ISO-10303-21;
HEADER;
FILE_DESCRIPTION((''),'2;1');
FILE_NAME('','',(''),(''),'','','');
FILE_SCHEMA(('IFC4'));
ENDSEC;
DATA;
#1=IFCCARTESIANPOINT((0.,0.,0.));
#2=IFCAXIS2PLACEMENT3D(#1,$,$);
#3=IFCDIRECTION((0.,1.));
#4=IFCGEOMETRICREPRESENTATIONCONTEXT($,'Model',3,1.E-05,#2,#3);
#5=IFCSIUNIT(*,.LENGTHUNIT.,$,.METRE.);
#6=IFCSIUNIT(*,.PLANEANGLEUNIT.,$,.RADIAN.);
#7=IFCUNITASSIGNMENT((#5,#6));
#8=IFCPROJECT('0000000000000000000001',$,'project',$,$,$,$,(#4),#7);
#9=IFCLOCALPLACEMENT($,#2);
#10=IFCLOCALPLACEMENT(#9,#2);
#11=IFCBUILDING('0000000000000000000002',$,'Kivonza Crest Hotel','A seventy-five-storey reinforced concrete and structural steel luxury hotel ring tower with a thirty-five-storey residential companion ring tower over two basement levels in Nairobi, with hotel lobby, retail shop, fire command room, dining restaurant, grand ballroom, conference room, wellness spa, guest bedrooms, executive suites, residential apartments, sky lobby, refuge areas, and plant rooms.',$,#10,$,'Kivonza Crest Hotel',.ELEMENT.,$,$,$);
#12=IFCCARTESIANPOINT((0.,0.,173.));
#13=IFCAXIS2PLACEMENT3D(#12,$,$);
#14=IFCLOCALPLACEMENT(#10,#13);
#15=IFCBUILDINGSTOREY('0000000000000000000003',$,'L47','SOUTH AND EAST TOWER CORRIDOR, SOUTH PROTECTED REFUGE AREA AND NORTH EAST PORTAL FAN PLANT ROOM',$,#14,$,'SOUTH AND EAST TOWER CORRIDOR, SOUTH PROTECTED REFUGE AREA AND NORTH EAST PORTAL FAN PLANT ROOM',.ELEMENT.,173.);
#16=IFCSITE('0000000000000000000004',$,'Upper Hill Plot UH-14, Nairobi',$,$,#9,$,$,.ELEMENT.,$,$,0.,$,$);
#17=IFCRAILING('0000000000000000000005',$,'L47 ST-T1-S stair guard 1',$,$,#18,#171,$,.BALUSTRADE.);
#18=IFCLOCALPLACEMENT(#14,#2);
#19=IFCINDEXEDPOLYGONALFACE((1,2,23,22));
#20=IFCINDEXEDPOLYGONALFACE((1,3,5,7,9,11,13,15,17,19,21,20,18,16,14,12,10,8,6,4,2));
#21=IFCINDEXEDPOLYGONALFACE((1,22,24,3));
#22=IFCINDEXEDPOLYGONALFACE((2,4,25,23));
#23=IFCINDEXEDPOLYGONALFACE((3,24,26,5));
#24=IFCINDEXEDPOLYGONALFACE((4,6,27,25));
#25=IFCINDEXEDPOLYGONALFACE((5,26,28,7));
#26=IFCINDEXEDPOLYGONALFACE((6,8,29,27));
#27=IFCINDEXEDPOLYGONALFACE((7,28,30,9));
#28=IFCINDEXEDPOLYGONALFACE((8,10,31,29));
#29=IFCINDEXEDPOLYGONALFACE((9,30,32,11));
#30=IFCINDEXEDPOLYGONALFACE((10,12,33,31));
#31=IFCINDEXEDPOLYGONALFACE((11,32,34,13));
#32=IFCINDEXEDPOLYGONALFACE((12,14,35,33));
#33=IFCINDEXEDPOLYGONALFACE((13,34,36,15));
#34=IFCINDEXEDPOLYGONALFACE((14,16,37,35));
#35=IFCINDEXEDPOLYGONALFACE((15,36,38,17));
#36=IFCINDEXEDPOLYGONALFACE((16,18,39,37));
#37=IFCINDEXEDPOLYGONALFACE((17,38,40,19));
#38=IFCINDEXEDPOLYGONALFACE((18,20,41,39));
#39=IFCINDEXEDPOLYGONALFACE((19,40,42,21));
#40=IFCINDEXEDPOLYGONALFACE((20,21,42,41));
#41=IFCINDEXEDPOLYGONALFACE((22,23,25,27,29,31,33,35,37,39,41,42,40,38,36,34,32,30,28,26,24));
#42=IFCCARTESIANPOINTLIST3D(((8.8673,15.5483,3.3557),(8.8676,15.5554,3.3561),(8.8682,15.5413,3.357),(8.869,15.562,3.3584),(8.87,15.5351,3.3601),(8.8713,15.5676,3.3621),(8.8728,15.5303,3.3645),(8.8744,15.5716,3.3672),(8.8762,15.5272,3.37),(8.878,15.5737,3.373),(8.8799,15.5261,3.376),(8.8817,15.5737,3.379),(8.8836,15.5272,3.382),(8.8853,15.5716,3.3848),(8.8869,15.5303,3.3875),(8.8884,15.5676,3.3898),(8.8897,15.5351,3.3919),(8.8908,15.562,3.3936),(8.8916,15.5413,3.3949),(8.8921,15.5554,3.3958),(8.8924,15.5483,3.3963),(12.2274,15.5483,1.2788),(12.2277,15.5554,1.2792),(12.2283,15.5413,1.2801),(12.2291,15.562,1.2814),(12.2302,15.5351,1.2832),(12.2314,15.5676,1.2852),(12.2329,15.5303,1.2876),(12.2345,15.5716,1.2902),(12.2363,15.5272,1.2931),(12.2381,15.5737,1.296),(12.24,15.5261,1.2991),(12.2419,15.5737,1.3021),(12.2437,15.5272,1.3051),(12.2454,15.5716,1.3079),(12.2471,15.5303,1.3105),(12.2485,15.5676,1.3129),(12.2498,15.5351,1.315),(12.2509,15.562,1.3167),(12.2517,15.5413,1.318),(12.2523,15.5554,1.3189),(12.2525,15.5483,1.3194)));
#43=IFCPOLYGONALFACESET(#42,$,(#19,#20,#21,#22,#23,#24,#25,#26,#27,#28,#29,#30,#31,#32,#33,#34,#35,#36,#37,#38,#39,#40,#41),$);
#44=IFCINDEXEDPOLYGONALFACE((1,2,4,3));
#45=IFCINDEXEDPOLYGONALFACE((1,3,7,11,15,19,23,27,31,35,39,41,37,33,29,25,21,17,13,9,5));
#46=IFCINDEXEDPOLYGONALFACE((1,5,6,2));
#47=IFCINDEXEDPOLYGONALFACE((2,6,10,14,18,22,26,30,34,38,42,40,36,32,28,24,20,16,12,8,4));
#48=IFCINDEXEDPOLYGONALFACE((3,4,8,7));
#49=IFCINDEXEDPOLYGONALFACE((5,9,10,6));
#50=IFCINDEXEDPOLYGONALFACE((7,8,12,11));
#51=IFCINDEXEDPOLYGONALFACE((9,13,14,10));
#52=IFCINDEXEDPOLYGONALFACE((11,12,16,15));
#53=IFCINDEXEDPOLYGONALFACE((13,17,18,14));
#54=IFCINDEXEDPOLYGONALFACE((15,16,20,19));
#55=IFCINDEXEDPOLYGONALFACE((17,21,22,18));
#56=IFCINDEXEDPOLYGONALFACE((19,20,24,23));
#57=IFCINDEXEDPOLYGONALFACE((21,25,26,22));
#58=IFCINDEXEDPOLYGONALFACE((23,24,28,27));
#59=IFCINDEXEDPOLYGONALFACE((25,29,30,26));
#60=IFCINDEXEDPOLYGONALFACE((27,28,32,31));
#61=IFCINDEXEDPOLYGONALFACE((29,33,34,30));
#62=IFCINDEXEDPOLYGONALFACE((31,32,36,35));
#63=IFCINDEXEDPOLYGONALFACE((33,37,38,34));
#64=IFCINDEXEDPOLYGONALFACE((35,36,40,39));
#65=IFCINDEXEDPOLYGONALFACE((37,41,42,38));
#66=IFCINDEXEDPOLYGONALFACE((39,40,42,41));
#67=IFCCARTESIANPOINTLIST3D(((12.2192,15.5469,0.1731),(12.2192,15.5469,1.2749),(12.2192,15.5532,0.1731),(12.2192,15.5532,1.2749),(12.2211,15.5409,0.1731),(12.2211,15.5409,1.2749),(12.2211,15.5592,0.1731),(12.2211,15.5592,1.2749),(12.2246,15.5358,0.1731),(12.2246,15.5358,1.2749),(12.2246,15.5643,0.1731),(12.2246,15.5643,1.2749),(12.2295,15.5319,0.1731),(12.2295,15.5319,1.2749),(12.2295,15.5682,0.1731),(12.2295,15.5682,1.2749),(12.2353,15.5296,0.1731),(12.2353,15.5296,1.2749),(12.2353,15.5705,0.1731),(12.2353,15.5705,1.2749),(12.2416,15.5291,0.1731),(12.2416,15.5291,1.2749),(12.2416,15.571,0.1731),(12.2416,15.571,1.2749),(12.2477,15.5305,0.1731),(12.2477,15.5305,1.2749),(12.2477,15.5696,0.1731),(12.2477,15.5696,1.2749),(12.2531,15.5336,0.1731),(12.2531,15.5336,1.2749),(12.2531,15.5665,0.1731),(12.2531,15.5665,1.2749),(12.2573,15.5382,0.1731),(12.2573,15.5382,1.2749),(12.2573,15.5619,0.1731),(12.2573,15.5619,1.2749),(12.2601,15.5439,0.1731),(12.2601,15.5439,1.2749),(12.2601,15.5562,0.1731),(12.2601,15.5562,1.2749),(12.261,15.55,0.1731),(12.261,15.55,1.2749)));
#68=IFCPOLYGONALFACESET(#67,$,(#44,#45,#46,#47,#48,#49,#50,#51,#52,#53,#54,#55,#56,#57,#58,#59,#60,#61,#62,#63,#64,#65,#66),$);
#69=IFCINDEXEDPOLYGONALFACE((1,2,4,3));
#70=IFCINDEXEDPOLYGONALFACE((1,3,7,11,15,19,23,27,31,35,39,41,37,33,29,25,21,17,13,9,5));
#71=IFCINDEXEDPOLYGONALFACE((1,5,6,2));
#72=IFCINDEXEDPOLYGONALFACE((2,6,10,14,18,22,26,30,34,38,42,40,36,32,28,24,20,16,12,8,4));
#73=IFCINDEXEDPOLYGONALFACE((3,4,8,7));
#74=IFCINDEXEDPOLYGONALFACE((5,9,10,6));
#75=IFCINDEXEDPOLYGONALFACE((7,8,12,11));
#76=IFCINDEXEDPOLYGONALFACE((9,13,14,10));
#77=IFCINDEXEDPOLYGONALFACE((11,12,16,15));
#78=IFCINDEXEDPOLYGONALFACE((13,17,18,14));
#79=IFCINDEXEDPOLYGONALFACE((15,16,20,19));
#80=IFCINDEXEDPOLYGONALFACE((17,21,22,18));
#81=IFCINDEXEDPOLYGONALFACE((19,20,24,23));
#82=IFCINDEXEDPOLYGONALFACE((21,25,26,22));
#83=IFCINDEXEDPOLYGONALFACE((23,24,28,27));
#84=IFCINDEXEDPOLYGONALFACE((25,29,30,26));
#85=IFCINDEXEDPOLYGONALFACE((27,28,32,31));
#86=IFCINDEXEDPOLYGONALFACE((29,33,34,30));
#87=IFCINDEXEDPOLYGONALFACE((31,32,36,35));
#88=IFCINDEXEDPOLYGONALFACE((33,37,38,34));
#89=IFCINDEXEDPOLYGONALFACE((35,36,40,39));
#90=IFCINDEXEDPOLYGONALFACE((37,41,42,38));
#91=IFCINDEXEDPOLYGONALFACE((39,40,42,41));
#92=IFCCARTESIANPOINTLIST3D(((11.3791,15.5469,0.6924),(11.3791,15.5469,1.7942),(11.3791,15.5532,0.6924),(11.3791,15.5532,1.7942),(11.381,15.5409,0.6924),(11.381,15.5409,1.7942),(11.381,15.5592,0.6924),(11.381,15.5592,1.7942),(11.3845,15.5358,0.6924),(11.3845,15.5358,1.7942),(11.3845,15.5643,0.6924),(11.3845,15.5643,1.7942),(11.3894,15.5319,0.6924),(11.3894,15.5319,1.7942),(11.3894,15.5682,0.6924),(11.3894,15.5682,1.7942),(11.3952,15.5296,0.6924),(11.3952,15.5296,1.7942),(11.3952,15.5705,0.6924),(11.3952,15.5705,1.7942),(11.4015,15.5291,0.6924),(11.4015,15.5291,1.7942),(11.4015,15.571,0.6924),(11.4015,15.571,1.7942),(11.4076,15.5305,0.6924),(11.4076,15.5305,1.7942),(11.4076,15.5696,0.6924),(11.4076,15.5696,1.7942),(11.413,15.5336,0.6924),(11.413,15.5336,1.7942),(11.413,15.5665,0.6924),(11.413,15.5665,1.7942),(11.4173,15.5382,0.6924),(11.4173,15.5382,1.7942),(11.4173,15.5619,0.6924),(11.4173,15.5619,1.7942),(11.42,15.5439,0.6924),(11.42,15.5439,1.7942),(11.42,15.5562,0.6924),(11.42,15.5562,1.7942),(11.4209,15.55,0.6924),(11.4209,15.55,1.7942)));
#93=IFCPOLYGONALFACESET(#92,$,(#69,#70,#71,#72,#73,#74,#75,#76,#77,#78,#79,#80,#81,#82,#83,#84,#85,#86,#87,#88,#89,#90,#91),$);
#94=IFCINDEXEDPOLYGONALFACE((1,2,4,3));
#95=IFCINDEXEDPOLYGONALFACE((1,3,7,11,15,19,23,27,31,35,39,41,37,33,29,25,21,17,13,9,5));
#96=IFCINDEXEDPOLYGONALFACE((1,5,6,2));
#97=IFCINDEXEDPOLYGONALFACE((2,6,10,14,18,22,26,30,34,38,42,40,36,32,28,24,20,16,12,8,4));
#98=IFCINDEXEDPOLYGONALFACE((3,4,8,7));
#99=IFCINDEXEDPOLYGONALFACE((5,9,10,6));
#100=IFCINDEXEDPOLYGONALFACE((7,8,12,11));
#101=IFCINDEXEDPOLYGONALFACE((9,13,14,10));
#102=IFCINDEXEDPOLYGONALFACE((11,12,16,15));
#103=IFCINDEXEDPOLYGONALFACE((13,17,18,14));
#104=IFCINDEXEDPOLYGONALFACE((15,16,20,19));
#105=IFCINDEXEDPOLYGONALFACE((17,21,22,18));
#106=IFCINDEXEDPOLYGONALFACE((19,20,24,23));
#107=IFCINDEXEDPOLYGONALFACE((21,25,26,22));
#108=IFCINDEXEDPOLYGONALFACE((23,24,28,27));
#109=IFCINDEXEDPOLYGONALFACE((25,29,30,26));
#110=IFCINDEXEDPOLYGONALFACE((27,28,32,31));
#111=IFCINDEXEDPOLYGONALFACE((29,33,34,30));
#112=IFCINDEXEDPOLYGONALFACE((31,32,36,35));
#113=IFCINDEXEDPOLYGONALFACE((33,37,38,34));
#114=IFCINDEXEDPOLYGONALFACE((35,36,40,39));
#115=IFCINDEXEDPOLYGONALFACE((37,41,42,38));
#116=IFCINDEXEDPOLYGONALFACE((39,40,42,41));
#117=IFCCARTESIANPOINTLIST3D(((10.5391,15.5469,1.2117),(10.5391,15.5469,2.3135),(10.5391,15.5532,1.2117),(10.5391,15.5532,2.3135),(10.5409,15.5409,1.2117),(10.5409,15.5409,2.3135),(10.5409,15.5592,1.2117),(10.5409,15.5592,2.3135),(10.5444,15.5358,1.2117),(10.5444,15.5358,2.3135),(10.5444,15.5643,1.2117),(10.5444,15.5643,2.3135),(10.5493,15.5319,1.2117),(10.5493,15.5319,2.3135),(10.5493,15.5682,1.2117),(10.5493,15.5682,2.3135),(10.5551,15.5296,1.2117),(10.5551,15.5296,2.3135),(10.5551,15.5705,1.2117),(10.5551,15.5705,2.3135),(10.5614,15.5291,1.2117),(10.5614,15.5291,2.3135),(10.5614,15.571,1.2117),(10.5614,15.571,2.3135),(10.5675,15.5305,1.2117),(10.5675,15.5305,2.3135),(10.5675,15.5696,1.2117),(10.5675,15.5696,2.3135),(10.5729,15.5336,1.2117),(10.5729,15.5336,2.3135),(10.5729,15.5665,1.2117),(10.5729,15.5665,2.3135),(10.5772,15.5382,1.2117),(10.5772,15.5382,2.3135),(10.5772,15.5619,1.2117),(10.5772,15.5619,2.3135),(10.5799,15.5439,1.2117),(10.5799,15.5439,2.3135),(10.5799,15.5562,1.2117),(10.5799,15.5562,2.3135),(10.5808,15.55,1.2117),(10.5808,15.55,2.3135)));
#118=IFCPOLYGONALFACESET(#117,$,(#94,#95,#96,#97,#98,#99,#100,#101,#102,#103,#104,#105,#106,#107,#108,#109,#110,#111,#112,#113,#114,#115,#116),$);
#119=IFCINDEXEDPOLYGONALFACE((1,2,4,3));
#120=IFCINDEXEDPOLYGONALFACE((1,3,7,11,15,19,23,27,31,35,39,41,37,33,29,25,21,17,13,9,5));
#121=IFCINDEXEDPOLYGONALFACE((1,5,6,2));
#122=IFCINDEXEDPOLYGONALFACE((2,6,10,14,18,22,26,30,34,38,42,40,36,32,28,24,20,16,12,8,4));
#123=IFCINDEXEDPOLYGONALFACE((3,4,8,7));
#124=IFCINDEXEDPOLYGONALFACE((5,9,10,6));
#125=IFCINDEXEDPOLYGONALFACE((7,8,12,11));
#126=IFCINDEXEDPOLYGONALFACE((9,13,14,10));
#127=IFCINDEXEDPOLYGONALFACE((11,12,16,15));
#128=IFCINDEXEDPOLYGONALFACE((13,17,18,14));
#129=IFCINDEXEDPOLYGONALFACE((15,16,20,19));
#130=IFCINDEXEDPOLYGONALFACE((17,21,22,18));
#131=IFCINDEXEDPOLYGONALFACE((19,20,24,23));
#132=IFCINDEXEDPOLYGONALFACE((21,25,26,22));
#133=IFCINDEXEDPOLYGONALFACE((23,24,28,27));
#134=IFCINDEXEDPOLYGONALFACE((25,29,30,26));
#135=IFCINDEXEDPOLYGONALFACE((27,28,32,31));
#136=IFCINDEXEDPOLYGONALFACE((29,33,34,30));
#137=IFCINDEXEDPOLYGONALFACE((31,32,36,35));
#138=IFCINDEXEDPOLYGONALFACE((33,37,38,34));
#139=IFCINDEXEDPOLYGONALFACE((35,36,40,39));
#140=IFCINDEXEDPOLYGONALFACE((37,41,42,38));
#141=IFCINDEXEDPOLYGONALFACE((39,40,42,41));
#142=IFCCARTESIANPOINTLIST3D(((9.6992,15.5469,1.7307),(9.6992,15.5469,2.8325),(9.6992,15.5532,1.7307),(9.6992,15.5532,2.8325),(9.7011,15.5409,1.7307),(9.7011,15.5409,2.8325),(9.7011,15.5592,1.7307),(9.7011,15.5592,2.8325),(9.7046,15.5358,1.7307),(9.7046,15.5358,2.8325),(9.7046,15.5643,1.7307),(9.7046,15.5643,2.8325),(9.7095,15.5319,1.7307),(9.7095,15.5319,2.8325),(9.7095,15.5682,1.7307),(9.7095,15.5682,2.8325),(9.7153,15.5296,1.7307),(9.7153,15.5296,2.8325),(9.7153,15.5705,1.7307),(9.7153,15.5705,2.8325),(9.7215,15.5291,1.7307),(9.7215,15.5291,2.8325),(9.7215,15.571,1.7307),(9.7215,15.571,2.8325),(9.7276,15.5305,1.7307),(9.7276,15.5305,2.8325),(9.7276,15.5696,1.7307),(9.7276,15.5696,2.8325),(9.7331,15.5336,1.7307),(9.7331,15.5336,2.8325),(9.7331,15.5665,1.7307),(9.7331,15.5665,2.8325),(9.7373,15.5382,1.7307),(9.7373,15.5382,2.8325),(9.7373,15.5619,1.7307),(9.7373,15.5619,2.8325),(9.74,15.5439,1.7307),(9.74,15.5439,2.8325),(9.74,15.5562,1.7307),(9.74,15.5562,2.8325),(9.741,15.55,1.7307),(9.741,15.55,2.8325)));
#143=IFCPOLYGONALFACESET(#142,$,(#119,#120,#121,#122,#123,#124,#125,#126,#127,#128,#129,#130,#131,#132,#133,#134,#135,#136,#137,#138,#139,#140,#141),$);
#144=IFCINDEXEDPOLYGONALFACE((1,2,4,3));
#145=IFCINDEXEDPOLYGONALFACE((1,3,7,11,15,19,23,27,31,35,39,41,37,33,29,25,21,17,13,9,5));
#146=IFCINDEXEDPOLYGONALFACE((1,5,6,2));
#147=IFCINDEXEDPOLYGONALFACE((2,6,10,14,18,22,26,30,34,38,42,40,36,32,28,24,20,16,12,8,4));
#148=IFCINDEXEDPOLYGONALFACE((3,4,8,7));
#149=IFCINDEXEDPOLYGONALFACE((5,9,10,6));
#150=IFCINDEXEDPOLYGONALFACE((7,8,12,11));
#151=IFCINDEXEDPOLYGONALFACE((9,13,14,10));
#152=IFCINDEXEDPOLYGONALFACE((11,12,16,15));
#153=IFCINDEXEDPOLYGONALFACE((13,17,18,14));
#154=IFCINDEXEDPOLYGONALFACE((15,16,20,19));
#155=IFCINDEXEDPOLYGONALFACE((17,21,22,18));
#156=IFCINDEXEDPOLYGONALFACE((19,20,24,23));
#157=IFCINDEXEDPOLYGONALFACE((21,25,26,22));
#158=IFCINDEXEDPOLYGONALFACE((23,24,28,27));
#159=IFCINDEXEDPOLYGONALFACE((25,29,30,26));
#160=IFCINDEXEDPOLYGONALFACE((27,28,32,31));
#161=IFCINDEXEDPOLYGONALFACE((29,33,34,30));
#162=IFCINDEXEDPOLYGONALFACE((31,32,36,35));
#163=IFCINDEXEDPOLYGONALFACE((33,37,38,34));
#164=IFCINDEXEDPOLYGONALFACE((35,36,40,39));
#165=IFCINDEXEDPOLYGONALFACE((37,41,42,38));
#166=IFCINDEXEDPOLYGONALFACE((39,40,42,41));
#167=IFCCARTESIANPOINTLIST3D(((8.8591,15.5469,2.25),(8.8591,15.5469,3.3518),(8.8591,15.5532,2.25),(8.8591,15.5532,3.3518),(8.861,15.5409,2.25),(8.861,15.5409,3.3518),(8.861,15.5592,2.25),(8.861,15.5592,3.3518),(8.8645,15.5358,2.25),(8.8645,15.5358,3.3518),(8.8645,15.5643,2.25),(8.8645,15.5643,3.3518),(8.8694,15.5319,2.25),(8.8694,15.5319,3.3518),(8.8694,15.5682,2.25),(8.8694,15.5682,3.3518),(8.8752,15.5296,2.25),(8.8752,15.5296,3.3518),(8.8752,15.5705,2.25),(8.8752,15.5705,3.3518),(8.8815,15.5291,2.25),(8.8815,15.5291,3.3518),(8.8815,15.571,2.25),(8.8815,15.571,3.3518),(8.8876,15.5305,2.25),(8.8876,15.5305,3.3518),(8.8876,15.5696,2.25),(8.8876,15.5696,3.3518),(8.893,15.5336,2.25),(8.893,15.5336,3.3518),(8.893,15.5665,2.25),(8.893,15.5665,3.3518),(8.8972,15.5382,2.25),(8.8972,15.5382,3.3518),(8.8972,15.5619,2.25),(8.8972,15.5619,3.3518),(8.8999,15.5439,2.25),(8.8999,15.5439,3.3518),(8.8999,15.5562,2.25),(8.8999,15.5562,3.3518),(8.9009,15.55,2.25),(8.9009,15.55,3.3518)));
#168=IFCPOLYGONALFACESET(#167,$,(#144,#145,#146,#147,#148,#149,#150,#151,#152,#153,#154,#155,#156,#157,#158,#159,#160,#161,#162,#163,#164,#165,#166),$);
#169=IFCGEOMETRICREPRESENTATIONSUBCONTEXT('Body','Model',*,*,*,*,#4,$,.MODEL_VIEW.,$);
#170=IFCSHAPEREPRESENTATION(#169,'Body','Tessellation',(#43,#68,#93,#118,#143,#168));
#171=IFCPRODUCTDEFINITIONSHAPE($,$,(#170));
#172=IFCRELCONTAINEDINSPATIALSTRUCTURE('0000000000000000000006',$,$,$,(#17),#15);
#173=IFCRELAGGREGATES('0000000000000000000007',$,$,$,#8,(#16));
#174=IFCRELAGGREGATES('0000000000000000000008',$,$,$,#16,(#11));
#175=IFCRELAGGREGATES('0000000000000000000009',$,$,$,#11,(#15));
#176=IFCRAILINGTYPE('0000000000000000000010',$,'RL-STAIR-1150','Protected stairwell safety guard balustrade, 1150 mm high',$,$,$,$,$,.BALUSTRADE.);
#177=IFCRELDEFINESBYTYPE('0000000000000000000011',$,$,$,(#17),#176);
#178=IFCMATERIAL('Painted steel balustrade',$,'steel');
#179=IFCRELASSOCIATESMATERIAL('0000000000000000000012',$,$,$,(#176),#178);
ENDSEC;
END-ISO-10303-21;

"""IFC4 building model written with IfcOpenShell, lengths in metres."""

from ifc_helpers import new_model, si_unit, direction, frame, origin, origin_2d, place, context, subcontext, project, spatial, circle, extrude, material, type_object, element, save


model = new_model("IFC4")

# Units and contexts
model_context = context("Model", 3, precision=1e-05, world=origin(), true_north=direction((0.0, 1.0)))
body_context = subcontext(model_context, "Body", "Model", "MODEL_VIEW")
ifc_project = project(units=[si_unit("LENGTHUNIT", "METRE"), si_unit("PLANEANGLEUNIT", "RADIAN")], contexts=[model_context])

# Site, building, storey
site_placement = place(None, origin())
site = spatial("IfcSite", under=ifc_project, at=site_placement, Name="Upper Hill Plot UH-14, Nairobi", CompositionType="ELEMENT", RefElevation=0.0)
building_placement = place(site_placement, origin())
building = spatial("IfcBuilding", under=site, at=building_placement, Name="Kivonza Crest Hotel", Description="A seventy-five-storey reinforced concrete and structural steel luxury hotel ring tower with a thirty-five-storey residential companion ring tower over two basement levels in Nairobi, with hotel lobby, retail shop, fire command room, dining restaurant, grand ballroom, conference room, wellness spa, guest bedrooms, executive suites, residential apartments, sky lobby, refuge areas, and plant rooms.", LongName="Kivonza Crest Hotel", CompositionType="ELEMENT")
storey_placement = place(building_placement, frame((0.0, 0.0, 173.0)))
storey = spatial("IfcBuildingStorey", under=building, at=storey_placement, Name="L47", Description="SOUTH AND EAST TOWER CORRIDOR, SOUTH PROTECTED REFUGE AREA AND NORTH EAST PORTAL FAN PLANT ROOM", LongName="SOUTH AND EAST TOWER CORRIDOR, SOUTH PROTECTED REFUGE AREA AND NORTH EAST PORTAL FAN PLANT ROOM", CompositionType="ELEMENT", Elevation=173.0)

# Railing
ifc_material_1 = material(Name="Painted steel balustrade", Category="steel")
railing_type_1 = type_object("IfcRailingType", Name="RL-STAIR-1150", Description="Protected stairwell safety guard balustrade, 1150 mm high", PredefinedType="BALUSTRADE", material=ifc_material_1)
railing_1_placement = place(storey_placement, frame((12.24, 15.55, 0.1731)))
element("IfcRailing", 1, at=railing_1_placement, inside=storey, type_object=railing_type_1, Name="L47 ST-T1-S stair guard 1", PredefinedType="BALUSTRADE", context=body_context, shape_type="SweptSolid", body=[
    extrude(circle(Radius=0.0239, at=origin_2d()), frame((0.0, 0.0, 1.126), z_axis=(-0.850623, 0.0, 0.525776), x_axis=(0.0, -1.0, 0.0)), (0.0, 0.0, 1.0), 3.9502),
    extrude(circle(Radius=0.021, at=origin_2d()), origin(), (0.0, 0.0, 1.0), 1.1018),
    extrude(circle(Radius=0.021, at=origin_2d()), frame((-0.8401, 0.0, 0.5193)), (0.0, 0.0, 1.0), 1.1018),
    extrude(circle(Radius=0.021, at=origin_2d()), frame((-1.6802, 0.0, 1.0386)), (0.0, 0.0, 1.0), 1.1018),
    extrude(circle(Radius=0.021, at=origin_2d()), frame((-2.52, 0.0, 1.5576)), (0.0, 0.0, 1.0), 1.1018),
    extrude(circle(Radius=0.021, at=origin_2d()), frame((-3.3601, 0.0, 2.0769)), (0.0, 0.0, 1.0), 1.1018),
])

save(model, "model.ifc")
